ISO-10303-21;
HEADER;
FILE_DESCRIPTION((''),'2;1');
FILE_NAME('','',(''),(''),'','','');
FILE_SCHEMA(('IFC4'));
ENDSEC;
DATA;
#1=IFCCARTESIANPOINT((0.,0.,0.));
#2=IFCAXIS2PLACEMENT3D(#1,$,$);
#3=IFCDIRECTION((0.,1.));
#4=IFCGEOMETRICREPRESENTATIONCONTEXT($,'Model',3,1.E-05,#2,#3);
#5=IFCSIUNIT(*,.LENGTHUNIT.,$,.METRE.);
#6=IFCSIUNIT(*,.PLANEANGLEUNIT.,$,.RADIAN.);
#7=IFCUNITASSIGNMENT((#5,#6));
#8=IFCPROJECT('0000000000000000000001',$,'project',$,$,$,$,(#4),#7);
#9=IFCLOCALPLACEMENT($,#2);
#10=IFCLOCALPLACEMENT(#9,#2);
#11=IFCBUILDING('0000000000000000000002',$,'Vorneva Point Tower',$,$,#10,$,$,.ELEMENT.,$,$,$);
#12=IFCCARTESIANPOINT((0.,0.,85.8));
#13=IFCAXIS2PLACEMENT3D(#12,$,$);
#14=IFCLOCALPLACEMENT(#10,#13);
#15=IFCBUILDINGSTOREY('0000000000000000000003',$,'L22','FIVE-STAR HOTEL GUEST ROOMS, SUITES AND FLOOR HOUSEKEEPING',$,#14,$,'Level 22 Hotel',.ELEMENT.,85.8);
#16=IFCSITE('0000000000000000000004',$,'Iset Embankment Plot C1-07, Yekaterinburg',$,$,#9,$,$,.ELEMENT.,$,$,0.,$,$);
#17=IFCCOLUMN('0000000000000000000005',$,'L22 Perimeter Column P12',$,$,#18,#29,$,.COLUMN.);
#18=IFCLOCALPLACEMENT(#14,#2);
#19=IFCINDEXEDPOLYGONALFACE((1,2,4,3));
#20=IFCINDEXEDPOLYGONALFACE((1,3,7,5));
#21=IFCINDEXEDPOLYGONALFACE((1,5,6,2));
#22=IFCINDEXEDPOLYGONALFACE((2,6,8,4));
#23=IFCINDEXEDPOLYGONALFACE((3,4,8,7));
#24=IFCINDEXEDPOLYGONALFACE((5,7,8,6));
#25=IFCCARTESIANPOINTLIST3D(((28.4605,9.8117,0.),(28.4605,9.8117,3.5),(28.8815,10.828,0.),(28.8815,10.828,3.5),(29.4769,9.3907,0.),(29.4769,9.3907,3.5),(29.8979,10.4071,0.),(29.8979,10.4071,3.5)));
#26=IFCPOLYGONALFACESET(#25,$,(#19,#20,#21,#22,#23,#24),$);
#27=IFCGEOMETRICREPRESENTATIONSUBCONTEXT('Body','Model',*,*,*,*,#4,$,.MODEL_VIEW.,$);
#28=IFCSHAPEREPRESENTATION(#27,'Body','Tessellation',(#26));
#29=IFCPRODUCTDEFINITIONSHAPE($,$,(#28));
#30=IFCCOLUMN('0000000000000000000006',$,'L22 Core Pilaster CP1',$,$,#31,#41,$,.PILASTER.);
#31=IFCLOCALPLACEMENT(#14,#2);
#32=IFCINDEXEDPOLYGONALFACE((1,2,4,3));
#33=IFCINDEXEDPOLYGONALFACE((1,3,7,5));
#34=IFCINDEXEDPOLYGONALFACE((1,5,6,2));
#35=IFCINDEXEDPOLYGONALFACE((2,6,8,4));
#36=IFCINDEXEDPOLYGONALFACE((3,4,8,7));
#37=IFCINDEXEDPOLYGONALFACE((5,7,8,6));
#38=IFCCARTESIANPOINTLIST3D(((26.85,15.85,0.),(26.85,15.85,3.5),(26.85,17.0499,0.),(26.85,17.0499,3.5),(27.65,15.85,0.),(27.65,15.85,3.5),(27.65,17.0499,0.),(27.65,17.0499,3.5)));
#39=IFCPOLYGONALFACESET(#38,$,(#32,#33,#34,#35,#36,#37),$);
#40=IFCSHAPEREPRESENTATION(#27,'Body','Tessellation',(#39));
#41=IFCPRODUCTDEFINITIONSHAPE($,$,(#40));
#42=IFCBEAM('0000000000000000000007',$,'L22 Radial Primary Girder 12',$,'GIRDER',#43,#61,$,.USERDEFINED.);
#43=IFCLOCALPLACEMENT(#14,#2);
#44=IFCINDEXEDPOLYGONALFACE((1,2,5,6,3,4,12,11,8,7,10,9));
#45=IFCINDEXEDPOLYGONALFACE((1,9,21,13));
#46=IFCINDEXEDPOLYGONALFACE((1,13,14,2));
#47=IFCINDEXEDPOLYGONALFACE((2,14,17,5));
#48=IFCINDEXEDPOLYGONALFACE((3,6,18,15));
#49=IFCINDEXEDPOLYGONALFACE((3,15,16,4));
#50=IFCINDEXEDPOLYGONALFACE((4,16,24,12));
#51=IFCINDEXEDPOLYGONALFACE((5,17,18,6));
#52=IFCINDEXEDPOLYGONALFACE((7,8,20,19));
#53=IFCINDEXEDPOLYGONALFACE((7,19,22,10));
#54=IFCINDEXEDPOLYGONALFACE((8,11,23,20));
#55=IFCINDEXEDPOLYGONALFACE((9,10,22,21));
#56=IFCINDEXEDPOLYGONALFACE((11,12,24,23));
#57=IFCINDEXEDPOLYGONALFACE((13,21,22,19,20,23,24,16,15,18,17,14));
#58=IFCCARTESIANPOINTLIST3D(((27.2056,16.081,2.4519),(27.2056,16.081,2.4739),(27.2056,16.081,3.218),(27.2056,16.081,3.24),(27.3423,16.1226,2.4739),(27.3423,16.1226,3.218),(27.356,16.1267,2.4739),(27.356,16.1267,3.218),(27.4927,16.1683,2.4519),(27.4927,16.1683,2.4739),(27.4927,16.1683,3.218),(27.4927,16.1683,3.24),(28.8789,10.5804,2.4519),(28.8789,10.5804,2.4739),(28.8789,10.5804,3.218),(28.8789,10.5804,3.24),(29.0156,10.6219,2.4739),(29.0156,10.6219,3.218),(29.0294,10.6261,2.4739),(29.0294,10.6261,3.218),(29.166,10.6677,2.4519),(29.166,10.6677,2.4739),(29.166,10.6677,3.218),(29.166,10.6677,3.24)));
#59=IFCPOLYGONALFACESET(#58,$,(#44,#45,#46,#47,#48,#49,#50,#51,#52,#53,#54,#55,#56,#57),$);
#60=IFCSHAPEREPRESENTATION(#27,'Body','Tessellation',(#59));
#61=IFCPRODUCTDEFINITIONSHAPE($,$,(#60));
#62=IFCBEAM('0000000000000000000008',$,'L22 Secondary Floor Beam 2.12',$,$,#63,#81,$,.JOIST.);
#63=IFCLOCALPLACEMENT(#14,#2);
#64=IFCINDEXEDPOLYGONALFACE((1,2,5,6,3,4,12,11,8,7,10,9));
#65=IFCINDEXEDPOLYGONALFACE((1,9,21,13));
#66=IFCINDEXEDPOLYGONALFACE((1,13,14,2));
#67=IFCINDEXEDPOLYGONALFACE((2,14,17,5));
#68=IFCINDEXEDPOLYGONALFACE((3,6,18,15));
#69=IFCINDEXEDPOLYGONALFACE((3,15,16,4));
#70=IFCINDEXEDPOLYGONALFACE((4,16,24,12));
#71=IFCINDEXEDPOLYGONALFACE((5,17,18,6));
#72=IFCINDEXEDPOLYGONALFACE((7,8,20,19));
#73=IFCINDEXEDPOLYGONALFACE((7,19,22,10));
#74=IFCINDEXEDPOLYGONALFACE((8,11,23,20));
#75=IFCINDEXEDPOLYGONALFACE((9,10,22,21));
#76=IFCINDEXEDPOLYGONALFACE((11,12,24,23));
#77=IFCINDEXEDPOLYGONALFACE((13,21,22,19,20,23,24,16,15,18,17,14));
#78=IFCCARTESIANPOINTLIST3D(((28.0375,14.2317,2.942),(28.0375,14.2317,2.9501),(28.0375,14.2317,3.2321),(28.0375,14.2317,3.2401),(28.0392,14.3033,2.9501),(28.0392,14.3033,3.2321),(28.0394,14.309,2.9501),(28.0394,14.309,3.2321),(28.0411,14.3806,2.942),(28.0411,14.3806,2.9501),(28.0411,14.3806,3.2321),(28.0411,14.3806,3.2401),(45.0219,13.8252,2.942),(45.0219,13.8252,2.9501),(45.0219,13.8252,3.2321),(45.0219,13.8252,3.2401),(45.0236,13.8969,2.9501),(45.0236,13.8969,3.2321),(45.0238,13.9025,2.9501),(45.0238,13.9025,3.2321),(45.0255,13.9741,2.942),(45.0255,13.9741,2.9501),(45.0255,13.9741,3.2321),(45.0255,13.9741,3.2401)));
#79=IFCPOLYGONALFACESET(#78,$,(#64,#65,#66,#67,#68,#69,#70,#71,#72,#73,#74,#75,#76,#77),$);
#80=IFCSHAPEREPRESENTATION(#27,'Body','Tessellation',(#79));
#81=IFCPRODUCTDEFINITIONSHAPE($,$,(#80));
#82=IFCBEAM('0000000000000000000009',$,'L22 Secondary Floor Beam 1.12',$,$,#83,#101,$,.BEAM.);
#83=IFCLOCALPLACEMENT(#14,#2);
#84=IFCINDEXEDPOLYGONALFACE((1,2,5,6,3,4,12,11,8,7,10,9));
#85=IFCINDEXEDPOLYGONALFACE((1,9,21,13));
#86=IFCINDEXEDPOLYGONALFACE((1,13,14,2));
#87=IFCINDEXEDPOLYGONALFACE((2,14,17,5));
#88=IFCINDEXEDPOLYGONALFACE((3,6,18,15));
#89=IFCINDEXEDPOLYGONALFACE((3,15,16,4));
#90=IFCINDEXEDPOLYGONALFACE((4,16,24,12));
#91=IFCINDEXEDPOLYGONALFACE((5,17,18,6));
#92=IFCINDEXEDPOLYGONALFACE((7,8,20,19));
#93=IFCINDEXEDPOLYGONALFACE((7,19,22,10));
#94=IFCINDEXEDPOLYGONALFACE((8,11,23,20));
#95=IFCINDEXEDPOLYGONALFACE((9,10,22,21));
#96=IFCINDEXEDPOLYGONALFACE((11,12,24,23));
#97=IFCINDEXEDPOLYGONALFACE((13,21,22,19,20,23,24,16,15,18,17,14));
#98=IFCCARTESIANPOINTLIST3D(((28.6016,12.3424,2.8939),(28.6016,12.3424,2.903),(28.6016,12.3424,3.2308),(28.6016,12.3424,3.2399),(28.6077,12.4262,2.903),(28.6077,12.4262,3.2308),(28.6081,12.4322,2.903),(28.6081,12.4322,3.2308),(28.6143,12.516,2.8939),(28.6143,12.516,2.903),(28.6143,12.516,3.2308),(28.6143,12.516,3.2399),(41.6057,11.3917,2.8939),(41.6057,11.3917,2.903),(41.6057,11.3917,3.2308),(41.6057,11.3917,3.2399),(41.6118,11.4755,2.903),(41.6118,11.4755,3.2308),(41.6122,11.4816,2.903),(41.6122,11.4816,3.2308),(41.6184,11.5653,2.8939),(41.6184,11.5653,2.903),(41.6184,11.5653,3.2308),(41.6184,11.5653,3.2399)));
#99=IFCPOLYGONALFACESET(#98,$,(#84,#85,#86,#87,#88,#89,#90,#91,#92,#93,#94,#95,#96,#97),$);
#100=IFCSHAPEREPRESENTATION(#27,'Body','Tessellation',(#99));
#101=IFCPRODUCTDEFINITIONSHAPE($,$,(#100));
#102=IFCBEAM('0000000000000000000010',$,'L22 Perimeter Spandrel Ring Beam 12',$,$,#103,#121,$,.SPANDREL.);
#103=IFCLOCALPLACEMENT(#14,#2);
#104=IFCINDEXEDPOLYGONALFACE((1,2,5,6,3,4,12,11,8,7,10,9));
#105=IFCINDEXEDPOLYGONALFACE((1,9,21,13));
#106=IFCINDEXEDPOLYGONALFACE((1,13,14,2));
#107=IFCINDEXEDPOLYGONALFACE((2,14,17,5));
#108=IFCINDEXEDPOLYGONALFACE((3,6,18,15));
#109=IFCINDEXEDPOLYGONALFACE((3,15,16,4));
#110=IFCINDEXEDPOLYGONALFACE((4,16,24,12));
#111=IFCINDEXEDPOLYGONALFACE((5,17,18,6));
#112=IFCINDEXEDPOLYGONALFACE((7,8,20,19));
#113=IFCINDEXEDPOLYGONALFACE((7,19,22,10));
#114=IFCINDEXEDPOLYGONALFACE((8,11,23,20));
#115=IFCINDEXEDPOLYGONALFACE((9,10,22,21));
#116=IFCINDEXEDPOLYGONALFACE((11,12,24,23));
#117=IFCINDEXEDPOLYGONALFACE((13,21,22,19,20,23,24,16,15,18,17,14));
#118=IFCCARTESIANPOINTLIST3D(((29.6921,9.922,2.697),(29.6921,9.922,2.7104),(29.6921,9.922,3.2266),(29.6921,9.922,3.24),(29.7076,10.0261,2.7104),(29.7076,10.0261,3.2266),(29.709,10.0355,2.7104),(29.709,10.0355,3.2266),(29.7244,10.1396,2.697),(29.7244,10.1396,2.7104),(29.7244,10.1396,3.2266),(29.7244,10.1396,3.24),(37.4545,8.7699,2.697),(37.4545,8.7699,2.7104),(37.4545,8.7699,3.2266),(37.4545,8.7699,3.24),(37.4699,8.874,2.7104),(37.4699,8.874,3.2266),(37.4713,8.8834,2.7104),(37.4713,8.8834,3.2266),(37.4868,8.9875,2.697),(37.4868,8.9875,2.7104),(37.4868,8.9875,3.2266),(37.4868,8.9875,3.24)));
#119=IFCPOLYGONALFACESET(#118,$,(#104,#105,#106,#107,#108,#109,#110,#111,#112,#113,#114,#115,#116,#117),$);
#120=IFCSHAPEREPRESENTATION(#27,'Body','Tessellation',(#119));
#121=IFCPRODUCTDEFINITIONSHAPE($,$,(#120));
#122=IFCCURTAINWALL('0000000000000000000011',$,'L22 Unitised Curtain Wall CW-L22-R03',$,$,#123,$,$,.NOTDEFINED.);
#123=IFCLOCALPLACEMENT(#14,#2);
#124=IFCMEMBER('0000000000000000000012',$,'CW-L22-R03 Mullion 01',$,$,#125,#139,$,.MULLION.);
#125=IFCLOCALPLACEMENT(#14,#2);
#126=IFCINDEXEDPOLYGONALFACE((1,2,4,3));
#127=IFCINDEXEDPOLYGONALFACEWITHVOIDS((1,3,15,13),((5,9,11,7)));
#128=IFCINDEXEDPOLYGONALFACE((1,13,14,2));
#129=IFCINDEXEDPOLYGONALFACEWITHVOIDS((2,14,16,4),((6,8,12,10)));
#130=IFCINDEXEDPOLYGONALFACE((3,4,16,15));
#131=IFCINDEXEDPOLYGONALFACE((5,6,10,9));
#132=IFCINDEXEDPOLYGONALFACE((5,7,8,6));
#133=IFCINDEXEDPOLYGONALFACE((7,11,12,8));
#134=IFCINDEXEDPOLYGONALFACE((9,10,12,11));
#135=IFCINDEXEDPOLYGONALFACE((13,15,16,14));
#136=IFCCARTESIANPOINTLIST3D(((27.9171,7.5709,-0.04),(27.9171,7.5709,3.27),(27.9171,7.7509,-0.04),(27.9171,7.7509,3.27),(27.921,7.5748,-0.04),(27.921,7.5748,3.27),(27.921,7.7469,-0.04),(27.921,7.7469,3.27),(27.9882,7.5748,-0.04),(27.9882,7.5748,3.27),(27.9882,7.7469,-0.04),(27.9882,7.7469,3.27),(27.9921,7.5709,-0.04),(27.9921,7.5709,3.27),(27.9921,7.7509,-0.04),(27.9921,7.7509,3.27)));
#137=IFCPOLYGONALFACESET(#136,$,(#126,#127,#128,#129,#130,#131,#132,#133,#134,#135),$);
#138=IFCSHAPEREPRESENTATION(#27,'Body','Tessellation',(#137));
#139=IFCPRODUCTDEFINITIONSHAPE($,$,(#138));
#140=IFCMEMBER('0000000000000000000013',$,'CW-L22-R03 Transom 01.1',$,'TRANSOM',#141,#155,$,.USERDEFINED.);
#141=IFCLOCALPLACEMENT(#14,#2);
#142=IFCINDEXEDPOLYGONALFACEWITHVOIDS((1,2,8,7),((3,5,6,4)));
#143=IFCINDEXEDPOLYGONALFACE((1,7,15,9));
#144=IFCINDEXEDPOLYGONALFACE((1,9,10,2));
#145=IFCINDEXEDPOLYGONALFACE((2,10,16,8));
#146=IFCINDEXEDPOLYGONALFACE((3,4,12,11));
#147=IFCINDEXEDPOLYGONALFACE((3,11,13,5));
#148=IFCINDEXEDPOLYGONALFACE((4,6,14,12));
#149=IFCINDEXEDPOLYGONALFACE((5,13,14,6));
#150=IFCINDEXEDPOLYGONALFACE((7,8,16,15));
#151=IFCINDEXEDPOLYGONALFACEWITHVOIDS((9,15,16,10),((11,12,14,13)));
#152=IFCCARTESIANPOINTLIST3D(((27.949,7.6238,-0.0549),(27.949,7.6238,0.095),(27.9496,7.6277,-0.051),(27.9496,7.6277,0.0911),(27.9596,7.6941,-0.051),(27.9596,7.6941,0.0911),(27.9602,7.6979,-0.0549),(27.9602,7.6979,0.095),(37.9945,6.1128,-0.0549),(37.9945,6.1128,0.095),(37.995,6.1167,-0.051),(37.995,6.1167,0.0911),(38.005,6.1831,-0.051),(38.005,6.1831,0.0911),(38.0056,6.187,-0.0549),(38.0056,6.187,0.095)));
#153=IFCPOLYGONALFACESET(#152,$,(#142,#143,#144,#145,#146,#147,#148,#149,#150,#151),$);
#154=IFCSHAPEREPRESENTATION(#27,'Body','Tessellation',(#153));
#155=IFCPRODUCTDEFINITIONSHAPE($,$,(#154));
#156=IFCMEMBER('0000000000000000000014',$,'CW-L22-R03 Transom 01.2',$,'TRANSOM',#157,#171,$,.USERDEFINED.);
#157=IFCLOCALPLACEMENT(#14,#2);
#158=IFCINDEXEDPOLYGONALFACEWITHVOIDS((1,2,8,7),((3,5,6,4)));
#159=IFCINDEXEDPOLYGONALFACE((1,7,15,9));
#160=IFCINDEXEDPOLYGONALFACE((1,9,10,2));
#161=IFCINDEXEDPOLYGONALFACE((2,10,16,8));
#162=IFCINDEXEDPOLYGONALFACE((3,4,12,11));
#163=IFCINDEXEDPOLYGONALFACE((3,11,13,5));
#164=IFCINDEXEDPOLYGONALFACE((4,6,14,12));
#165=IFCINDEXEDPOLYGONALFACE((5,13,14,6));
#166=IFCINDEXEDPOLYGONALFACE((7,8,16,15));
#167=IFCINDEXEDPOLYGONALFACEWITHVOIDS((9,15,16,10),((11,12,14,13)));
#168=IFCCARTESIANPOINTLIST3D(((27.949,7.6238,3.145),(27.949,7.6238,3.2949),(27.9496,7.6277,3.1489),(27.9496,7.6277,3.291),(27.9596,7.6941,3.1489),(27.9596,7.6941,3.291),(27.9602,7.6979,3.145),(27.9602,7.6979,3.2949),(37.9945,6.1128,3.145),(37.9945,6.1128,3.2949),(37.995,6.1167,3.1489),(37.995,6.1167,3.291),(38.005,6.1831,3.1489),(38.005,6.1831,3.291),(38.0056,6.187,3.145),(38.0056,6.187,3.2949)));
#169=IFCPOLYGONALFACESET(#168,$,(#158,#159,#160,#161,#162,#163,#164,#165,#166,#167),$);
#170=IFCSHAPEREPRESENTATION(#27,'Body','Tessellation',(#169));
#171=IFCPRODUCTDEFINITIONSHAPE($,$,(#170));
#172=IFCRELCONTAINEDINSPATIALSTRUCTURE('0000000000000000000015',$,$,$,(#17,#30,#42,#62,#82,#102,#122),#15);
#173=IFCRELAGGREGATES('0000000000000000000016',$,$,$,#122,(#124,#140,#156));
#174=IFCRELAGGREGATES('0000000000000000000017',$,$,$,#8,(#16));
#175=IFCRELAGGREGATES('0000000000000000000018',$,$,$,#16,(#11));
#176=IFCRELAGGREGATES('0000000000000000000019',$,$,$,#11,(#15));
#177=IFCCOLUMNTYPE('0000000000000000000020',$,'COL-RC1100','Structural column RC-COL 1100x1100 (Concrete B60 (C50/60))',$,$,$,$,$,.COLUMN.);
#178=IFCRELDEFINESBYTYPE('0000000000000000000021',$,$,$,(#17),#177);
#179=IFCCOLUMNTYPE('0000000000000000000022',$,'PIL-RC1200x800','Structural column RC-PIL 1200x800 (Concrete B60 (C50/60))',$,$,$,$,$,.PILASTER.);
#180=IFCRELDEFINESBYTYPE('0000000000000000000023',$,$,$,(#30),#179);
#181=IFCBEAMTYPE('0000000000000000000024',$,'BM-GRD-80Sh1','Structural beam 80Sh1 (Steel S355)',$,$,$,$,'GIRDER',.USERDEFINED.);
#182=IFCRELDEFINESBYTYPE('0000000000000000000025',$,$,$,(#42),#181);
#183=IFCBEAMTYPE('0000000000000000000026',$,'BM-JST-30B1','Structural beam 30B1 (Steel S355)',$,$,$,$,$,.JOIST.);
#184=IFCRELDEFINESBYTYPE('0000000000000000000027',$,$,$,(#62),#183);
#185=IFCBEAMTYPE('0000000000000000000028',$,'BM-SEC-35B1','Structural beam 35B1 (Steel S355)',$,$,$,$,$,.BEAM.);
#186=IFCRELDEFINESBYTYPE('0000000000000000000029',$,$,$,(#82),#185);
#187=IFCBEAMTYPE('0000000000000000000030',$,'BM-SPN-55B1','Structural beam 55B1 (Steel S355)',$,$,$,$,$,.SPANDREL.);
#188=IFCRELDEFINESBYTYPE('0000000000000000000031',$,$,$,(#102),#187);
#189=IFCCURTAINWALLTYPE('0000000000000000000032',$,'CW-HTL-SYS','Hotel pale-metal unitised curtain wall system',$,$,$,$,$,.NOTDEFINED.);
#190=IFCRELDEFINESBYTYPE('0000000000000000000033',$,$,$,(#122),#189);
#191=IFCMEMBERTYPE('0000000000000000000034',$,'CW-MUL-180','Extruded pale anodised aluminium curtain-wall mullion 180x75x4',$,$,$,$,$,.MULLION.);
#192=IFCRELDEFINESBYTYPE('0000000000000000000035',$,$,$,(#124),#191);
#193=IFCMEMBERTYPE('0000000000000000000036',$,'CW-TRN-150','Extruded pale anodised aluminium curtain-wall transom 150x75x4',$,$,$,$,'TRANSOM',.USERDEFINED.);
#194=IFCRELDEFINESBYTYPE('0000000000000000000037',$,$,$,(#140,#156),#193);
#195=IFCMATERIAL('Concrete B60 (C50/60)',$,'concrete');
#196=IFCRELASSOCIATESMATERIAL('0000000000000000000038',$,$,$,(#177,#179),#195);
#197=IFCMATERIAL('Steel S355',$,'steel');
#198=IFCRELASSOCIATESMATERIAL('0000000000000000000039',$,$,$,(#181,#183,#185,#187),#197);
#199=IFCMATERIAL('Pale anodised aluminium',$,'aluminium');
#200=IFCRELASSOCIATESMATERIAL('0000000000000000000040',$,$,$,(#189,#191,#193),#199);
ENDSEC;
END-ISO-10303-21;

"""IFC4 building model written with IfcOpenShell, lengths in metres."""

from ifc_helpers import new_model, si_unit, direction, frame, origin, origin_2d, place, context, subcontext, project, spatial, rectangle, hollow_rectangle, i_section, extrude, material, material_profile, profile_set, type_object, element, aggregate, save


model = new_model("IFC4")

# Units and contexts
model_context = context("Model", 3, precision=1e-05, world=origin(), true_north=direction((0.0, 1.0)))
body_context = subcontext(model_context, "Body", "Model", "MODEL_VIEW")
ifc_project = project(units=[si_unit("LENGTHUNIT", "METRE"), si_unit("PLANEANGLEUNIT", "RADIAN")], contexts=[model_context])

# Site, building, storey
site_placement = place(None, origin())
site = spatial("IfcSite", under=ifc_project, at=site_placement, Name="Iset Embankment Plot C1-07, Yekaterinburg", CompositionType="ELEMENT", RefElevation=0.0)
building_placement = place(site_placement, origin())
building = spatial("IfcBuilding", under=site, at=building_placement, Name="Vorneva Point Tower", CompositionType="ELEMENT")
storey_placement = place(building_placement, frame((0.0, 0.0, 85.8)))
storey = spatial("IfcBuildingStorey", under=building, at=storey_placement, Name="L22", Description="FIVE-STAR HOTEL GUEST ROOMS, SUITES AND FLOOR HOUSEKEEPING", LongName="Level 22 Hotel", CompositionType="ELEMENT", Elevation=85.8)

# Columns
ifc_material_1 = material(Name="Concrete B60 (C50/60)", Category="concrete")
ifc_material_profile_1 = material_profile(ifc_material_1, rectangle(XDim=1.1001, YDim=1.1001, at=origin_2d()), Name="RC-COL 1100x1100")
ifc_profile_set_1 = profile_set([ifc_material_profile_1], Name="Concrete B60 (C50/60)")
column_type_1 = type_object("IfcColumnType", Name="COL-RC1100", Description="Structural column RC-COL 1100x1100 (Concrete B60 (C50/60))", PredefinedType="COLUMN", material=ifc_profile_set_1)
column_1_placement = place(storey_placement, frame((29.1792, 10.1094, 0.0), z_axis=(0.0, 0.0, 1.0), x_axis=(-0.382683, -0.92388, 0.0)))
element("IfcColumn", 1, at=column_1_placement, inside=storey, type_object=column_type_1, Name="L22 Perimeter Column P12", PredefinedType="COLUMN", context=body_context, shape_type="SweptSolid", body=[
    extrude(rectangle(XDim=1.1001, YDim=1.1001, at=origin_2d()), origin(), (0.0, 0.0, 1.0), 3.5),
])
ifc_material_profile_2 = material_profile(ifc_material_1, rectangle(XDim=0.8, YDim=1.2, at=origin_2d()), Name="RC-PIL 1200x800")
ifc_profile_set_2 = profile_set([ifc_material_profile_2], Name="Concrete B60 (C50/60)")
column_type_2 = type_object("IfcColumnType", Name="PIL-RC1200x800", Description="Structural column RC-PIL 1200x800 (Concrete B60 (C50/60))", PredefinedType="PILASTER", material=ifc_profile_set_2)
column_2_placement = place(storey_placement, frame((27.25, 16.45, 0.0), z_axis=(0.0, 0.0, 1.0), x_axis=(1.0, 0.0, 0.0)))
element("IfcColumn", 2, at=column_2_placement, inside=storey, type_object=column_type_2, Name="L22 Core Pilaster CP1", PredefinedType="PILASTER", context=body_context, shape_type="SweptSolid", body=[
    extrude(rectangle(XDim=0.8, YDim=1.2, at=origin_2d()), origin(), (0.0, 0.0, 1.0), 3.5),
])

# Beams
ifc_material_2 = material(Name="Steel S355", Category="steel")
ifc_material_profile_3 = material_profile(ifc_material_2, i_section(OverallWidth=0.3, OverallDepth=0.7881, WebThickness=0.0144, FlangeThickness=0.022, at=origin_2d()), Name="80Sh1")
ifc_profile_set_3 = profile_set([ifc_material_profile_3], Name="Steel S355")
beam_type_1 = type_object("IfcBeamType", Name="BM-GRD-80Sh1", Description="Structural beam 80Sh1 (Steel S355)", ElementType="GIRDER", PredefinedType="USERDEFINED", material=ifc_profile_set_3)
beam_1_placement = place(storey_placement, frame((29.0225, 10.624, 2.8459), z_axis=(-0.291035, 0.956712, 0.0), x_axis=(-0.956712, -0.291035, 0.0)))
element("IfcBeam", 3, at=beam_1_placement, inside=storey, type_object=beam_type_1, Name="L22 Radial Primary Girder 12", ObjectType="GIRDER", PredefinedType="USERDEFINED", context=body_context, shape_type="SweptSolid", body=[
    extrude(i_section(OverallWidth=0.3, OverallDepth=0.7881, WebThickness=0.0144, FlangeThickness=0.022, at=origin_2d()), origin(), (0.0, 0.0, 1.0), 5.7495),
])
ifc_material_profile_4 = material_profile(ifc_material_2, i_section(OverallWidth=0.1489, OverallDepth=0.2981, WebThickness=0.0056, FlangeThickness=0.0081, at=origin_2d()), Name="30B1")
ifc_profile_set_4 = profile_set([ifc_material_profile_4], Name="Steel S355")
beam_type_2 = type_object("IfcBeamType", Name="BM-JST-30B1", Description="Structural beam 30B1 (Steel S355)", PredefinedType="JOIST", material=ifc_profile_set_4)
beam_2_placement = place(storey_placement, frame((28.0393, 14.3062, 3.0911), z_axis=(0.999714, -0.023927, 0.0), x_axis=(0.023927, 0.999714, 0.0)))
element("IfcBeam", 4, at=beam_2_placement, inside=storey, type_object=beam_type_2, Name="L22 Secondary Floor Beam 2.12", PredefinedType="JOIST", context=body_context, shape_type="SweptSolid", body=[
    extrude(i_section(OverallWidth=0.1489, OverallDepth=0.2981, WebThickness=0.0056, FlangeThickness=0.0081, at=origin_2d()), origin(), (0.0, 0.0, 1.0), 16.9893),
])
ifc_material_profile_5 = material_profile(ifc_material_2, i_section(OverallWidth=0.1741, OverallDepth=0.3459, WebThickness=0.0061, FlangeThickness=0.009, at=origin_2d()), Name="35B1")
ifc_profile_set_5 = profile_set([ifc_material_profile_5], Name="Steel S355")
beam_type_3 = type_object("IfcBeamType", Name="BM-SEC-35B1", Description="Structural beam 35B1 (Steel S355)", PredefinedType="BEAM", material=ifc_profile_set_5)
beam_3_placement = place(storey_placement, frame((28.6079, 12.4292, 3.0669), z_axis=(0.997338, -0.072912, 0.0), x_axis=(0.072912, 0.997338, 0.0)))
element("IfcBeam", 5, at=beam_3_placement, inside=storey, type_object=beam_type_3, Name="L22 Secondary Floor Beam 1.12", PredefinedType="BEAM", context=body_context, shape_type="SweptSolid", body=[
    extrude(i_section(OverallWidth=0.1741, OverallDepth=0.3459, WebThickness=0.0061, FlangeThickness=0.009, at=origin_2d()), origin(), (0.0, 0.0, 1.0), 13.0388),
])
ifc_material_profile_6 = material_profile(ifc_material_2, i_section(OverallWidth=0.22, OverallDepth=0.543, WebThickness=0.0095, FlangeThickness=0.0134, at=origin_2d()), Name="55B1")
ifc_profile_set_6 = profile_set([ifc_material_profile_6], Name="Steel S355")
beam_type_4 = type_object("IfcBeamType", Name="BM-SPN-55B1", Description="Structural beam 55B1 (Steel S355)", PredefinedType="SPANDREL", material=ifc_profile_set_6)
beam_4_placement = place(storey_placement, frame((29.7083, 10.0308, 2.9685), z_axis=(0.989165, -0.146811, 0.0), x_axis=(0.146811, 0.989165, 0.0)))
element("IfcBeam", 6, at=beam_4_placement, inside=storey, type_object=beam_type_4, Name="L22 Perimeter Spandrel Ring Beam 12", PredefinedType="SPANDREL", context=body_context, shape_type="SweptSolid", body=[
    extrude(i_section(OverallWidth=0.22, OverallDepth=0.543, WebThickness=0.0095, FlangeThickness=0.0134, at=origin_2d()), origin(), (0.0, 0.0, 1.0), 7.8474),
])

# Curtain wall, members
ifc_material_3 = material(Name="Pale anodised aluminium", Category="aluminium")
curtain_wall_type = type_object("IfcCurtainWallType", Name="CW-HTL-SYS", Description="Hotel pale-metal unitised curtain wall system", PredefinedType="NOTDEFINED", material=ifc_material_3)
curtain_wall_placement = place(storey_placement, origin())
curtain_wall = element("IfcCurtainWall", 7, at=curtain_wall_placement, inside=storey, type_object=curtain_wall_type, Name="L22 Unitised Curtain Wall CW-L22-R03", PredefinedType="NOTDEFINED")
ifc_material_profile_7 = material_profile(ifc_material_3, hollow_rectangle(XDim=0.075, YDim=0.1799, WallThickness=0.0039, at=origin_2d()), Name="AL-MUL 180x75x4")
ifc_profile_set_7 = profile_set([ifc_material_profile_7], Name="Pale anodised aluminium")
member_type_1 = type_object("IfcMemberType", Name="CW-MUL-180", Description="Extruded pale anodised aluminium curtain-wall mullion 180x75x4", PredefinedType="MULLION", material=ifc_profile_set_7)
member_1_placement = place(storey_placement, frame((27.9546, 7.6609, -0.04), z_axis=(0.0, 0.0, 1.0), x_axis=(1.0, 0.0, 0.0)))
member_1 = element("IfcMember", 8, at=member_1_placement, type_object=member_type_1, Name="CW-L22-R03 Mullion 01", PredefinedType="MULLION", context=body_context, shape_type="SweptSolid", body=[
    extrude(hollow_rectangle(XDim=0.075, YDim=0.1799, WallThickness=0.0039, at=origin_2d()), origin(), (0.0, 0.0, 1.0), 3.3101),
])
ifc_material_profile_8 = material_profile(ifc_material_3, hollow_rectangle(XDim=0.075, YDim=0.1499, WallThickness=0.0039, at=origin_2d()), Name="AL-TRN 150x75x4")
ifc_profile_set_8 = profile_set([ifc_material_profile_8], Name="Pale anodised aluminium")
member_type_2 = type_object("IfcMemberType", Name="CW-TRN-150", Description="Extruded pale anodised aluminium curtain-wall transom 150x75x4", ElementType="TRANSOM", PredefinedType="USERDEFINED", material=ifc_profile_set_8)
member_2_placement = place(storey_placement, frame((27.9546, 7.6609, 0.02), z_axis=(0.988876, -0.148742, 0.0), x_axis=(0.148742, 0.988876, 0.0)))
member_2 = element("IfcMember", 9, at=member_2_placement, type_object=member_type_2, Name="CW-L22-R03 Transom 01.1", ObjectType="TRANSOM", PredefinedType="USERDEFINED", context=body_context, shape_type="SweptSolid", body=[
    extrude(hollow_rectangle(XDim=0.075, YDim=0.1499, WallThickness=0.0039, at=origin_2d()), origin(), (0.0, 0.0, 1.0), 10.1584),
])
member_3_placement = place(storey_placement, frame((27.9546, 7.6609, 3.22), z_axis=(0.988876, -0.148742, 0.0), x_axis=(0.148742, 0.988876, 0.0)))
member_3 = element("IfcMember", 10, at=member_3_placement, type_object=member_type_2, Name="CW-L22-R03 Transom 01.2", ObjectType="TRANSOM", PredefinedType="USERDEFINED", context=body_context, shape_type="SweptSolid", body=[
    extrude(hollow_rectangle(XDim=0.075, YDim=0.1499, WallThickness=0.0039, at=origin_2d()), origin(), (0.0, 0.0, 1.0), 10.1584),
])
aggregate(curtain_wall, [member_1, member_2, member_3])

save(model, "model.ifc")
